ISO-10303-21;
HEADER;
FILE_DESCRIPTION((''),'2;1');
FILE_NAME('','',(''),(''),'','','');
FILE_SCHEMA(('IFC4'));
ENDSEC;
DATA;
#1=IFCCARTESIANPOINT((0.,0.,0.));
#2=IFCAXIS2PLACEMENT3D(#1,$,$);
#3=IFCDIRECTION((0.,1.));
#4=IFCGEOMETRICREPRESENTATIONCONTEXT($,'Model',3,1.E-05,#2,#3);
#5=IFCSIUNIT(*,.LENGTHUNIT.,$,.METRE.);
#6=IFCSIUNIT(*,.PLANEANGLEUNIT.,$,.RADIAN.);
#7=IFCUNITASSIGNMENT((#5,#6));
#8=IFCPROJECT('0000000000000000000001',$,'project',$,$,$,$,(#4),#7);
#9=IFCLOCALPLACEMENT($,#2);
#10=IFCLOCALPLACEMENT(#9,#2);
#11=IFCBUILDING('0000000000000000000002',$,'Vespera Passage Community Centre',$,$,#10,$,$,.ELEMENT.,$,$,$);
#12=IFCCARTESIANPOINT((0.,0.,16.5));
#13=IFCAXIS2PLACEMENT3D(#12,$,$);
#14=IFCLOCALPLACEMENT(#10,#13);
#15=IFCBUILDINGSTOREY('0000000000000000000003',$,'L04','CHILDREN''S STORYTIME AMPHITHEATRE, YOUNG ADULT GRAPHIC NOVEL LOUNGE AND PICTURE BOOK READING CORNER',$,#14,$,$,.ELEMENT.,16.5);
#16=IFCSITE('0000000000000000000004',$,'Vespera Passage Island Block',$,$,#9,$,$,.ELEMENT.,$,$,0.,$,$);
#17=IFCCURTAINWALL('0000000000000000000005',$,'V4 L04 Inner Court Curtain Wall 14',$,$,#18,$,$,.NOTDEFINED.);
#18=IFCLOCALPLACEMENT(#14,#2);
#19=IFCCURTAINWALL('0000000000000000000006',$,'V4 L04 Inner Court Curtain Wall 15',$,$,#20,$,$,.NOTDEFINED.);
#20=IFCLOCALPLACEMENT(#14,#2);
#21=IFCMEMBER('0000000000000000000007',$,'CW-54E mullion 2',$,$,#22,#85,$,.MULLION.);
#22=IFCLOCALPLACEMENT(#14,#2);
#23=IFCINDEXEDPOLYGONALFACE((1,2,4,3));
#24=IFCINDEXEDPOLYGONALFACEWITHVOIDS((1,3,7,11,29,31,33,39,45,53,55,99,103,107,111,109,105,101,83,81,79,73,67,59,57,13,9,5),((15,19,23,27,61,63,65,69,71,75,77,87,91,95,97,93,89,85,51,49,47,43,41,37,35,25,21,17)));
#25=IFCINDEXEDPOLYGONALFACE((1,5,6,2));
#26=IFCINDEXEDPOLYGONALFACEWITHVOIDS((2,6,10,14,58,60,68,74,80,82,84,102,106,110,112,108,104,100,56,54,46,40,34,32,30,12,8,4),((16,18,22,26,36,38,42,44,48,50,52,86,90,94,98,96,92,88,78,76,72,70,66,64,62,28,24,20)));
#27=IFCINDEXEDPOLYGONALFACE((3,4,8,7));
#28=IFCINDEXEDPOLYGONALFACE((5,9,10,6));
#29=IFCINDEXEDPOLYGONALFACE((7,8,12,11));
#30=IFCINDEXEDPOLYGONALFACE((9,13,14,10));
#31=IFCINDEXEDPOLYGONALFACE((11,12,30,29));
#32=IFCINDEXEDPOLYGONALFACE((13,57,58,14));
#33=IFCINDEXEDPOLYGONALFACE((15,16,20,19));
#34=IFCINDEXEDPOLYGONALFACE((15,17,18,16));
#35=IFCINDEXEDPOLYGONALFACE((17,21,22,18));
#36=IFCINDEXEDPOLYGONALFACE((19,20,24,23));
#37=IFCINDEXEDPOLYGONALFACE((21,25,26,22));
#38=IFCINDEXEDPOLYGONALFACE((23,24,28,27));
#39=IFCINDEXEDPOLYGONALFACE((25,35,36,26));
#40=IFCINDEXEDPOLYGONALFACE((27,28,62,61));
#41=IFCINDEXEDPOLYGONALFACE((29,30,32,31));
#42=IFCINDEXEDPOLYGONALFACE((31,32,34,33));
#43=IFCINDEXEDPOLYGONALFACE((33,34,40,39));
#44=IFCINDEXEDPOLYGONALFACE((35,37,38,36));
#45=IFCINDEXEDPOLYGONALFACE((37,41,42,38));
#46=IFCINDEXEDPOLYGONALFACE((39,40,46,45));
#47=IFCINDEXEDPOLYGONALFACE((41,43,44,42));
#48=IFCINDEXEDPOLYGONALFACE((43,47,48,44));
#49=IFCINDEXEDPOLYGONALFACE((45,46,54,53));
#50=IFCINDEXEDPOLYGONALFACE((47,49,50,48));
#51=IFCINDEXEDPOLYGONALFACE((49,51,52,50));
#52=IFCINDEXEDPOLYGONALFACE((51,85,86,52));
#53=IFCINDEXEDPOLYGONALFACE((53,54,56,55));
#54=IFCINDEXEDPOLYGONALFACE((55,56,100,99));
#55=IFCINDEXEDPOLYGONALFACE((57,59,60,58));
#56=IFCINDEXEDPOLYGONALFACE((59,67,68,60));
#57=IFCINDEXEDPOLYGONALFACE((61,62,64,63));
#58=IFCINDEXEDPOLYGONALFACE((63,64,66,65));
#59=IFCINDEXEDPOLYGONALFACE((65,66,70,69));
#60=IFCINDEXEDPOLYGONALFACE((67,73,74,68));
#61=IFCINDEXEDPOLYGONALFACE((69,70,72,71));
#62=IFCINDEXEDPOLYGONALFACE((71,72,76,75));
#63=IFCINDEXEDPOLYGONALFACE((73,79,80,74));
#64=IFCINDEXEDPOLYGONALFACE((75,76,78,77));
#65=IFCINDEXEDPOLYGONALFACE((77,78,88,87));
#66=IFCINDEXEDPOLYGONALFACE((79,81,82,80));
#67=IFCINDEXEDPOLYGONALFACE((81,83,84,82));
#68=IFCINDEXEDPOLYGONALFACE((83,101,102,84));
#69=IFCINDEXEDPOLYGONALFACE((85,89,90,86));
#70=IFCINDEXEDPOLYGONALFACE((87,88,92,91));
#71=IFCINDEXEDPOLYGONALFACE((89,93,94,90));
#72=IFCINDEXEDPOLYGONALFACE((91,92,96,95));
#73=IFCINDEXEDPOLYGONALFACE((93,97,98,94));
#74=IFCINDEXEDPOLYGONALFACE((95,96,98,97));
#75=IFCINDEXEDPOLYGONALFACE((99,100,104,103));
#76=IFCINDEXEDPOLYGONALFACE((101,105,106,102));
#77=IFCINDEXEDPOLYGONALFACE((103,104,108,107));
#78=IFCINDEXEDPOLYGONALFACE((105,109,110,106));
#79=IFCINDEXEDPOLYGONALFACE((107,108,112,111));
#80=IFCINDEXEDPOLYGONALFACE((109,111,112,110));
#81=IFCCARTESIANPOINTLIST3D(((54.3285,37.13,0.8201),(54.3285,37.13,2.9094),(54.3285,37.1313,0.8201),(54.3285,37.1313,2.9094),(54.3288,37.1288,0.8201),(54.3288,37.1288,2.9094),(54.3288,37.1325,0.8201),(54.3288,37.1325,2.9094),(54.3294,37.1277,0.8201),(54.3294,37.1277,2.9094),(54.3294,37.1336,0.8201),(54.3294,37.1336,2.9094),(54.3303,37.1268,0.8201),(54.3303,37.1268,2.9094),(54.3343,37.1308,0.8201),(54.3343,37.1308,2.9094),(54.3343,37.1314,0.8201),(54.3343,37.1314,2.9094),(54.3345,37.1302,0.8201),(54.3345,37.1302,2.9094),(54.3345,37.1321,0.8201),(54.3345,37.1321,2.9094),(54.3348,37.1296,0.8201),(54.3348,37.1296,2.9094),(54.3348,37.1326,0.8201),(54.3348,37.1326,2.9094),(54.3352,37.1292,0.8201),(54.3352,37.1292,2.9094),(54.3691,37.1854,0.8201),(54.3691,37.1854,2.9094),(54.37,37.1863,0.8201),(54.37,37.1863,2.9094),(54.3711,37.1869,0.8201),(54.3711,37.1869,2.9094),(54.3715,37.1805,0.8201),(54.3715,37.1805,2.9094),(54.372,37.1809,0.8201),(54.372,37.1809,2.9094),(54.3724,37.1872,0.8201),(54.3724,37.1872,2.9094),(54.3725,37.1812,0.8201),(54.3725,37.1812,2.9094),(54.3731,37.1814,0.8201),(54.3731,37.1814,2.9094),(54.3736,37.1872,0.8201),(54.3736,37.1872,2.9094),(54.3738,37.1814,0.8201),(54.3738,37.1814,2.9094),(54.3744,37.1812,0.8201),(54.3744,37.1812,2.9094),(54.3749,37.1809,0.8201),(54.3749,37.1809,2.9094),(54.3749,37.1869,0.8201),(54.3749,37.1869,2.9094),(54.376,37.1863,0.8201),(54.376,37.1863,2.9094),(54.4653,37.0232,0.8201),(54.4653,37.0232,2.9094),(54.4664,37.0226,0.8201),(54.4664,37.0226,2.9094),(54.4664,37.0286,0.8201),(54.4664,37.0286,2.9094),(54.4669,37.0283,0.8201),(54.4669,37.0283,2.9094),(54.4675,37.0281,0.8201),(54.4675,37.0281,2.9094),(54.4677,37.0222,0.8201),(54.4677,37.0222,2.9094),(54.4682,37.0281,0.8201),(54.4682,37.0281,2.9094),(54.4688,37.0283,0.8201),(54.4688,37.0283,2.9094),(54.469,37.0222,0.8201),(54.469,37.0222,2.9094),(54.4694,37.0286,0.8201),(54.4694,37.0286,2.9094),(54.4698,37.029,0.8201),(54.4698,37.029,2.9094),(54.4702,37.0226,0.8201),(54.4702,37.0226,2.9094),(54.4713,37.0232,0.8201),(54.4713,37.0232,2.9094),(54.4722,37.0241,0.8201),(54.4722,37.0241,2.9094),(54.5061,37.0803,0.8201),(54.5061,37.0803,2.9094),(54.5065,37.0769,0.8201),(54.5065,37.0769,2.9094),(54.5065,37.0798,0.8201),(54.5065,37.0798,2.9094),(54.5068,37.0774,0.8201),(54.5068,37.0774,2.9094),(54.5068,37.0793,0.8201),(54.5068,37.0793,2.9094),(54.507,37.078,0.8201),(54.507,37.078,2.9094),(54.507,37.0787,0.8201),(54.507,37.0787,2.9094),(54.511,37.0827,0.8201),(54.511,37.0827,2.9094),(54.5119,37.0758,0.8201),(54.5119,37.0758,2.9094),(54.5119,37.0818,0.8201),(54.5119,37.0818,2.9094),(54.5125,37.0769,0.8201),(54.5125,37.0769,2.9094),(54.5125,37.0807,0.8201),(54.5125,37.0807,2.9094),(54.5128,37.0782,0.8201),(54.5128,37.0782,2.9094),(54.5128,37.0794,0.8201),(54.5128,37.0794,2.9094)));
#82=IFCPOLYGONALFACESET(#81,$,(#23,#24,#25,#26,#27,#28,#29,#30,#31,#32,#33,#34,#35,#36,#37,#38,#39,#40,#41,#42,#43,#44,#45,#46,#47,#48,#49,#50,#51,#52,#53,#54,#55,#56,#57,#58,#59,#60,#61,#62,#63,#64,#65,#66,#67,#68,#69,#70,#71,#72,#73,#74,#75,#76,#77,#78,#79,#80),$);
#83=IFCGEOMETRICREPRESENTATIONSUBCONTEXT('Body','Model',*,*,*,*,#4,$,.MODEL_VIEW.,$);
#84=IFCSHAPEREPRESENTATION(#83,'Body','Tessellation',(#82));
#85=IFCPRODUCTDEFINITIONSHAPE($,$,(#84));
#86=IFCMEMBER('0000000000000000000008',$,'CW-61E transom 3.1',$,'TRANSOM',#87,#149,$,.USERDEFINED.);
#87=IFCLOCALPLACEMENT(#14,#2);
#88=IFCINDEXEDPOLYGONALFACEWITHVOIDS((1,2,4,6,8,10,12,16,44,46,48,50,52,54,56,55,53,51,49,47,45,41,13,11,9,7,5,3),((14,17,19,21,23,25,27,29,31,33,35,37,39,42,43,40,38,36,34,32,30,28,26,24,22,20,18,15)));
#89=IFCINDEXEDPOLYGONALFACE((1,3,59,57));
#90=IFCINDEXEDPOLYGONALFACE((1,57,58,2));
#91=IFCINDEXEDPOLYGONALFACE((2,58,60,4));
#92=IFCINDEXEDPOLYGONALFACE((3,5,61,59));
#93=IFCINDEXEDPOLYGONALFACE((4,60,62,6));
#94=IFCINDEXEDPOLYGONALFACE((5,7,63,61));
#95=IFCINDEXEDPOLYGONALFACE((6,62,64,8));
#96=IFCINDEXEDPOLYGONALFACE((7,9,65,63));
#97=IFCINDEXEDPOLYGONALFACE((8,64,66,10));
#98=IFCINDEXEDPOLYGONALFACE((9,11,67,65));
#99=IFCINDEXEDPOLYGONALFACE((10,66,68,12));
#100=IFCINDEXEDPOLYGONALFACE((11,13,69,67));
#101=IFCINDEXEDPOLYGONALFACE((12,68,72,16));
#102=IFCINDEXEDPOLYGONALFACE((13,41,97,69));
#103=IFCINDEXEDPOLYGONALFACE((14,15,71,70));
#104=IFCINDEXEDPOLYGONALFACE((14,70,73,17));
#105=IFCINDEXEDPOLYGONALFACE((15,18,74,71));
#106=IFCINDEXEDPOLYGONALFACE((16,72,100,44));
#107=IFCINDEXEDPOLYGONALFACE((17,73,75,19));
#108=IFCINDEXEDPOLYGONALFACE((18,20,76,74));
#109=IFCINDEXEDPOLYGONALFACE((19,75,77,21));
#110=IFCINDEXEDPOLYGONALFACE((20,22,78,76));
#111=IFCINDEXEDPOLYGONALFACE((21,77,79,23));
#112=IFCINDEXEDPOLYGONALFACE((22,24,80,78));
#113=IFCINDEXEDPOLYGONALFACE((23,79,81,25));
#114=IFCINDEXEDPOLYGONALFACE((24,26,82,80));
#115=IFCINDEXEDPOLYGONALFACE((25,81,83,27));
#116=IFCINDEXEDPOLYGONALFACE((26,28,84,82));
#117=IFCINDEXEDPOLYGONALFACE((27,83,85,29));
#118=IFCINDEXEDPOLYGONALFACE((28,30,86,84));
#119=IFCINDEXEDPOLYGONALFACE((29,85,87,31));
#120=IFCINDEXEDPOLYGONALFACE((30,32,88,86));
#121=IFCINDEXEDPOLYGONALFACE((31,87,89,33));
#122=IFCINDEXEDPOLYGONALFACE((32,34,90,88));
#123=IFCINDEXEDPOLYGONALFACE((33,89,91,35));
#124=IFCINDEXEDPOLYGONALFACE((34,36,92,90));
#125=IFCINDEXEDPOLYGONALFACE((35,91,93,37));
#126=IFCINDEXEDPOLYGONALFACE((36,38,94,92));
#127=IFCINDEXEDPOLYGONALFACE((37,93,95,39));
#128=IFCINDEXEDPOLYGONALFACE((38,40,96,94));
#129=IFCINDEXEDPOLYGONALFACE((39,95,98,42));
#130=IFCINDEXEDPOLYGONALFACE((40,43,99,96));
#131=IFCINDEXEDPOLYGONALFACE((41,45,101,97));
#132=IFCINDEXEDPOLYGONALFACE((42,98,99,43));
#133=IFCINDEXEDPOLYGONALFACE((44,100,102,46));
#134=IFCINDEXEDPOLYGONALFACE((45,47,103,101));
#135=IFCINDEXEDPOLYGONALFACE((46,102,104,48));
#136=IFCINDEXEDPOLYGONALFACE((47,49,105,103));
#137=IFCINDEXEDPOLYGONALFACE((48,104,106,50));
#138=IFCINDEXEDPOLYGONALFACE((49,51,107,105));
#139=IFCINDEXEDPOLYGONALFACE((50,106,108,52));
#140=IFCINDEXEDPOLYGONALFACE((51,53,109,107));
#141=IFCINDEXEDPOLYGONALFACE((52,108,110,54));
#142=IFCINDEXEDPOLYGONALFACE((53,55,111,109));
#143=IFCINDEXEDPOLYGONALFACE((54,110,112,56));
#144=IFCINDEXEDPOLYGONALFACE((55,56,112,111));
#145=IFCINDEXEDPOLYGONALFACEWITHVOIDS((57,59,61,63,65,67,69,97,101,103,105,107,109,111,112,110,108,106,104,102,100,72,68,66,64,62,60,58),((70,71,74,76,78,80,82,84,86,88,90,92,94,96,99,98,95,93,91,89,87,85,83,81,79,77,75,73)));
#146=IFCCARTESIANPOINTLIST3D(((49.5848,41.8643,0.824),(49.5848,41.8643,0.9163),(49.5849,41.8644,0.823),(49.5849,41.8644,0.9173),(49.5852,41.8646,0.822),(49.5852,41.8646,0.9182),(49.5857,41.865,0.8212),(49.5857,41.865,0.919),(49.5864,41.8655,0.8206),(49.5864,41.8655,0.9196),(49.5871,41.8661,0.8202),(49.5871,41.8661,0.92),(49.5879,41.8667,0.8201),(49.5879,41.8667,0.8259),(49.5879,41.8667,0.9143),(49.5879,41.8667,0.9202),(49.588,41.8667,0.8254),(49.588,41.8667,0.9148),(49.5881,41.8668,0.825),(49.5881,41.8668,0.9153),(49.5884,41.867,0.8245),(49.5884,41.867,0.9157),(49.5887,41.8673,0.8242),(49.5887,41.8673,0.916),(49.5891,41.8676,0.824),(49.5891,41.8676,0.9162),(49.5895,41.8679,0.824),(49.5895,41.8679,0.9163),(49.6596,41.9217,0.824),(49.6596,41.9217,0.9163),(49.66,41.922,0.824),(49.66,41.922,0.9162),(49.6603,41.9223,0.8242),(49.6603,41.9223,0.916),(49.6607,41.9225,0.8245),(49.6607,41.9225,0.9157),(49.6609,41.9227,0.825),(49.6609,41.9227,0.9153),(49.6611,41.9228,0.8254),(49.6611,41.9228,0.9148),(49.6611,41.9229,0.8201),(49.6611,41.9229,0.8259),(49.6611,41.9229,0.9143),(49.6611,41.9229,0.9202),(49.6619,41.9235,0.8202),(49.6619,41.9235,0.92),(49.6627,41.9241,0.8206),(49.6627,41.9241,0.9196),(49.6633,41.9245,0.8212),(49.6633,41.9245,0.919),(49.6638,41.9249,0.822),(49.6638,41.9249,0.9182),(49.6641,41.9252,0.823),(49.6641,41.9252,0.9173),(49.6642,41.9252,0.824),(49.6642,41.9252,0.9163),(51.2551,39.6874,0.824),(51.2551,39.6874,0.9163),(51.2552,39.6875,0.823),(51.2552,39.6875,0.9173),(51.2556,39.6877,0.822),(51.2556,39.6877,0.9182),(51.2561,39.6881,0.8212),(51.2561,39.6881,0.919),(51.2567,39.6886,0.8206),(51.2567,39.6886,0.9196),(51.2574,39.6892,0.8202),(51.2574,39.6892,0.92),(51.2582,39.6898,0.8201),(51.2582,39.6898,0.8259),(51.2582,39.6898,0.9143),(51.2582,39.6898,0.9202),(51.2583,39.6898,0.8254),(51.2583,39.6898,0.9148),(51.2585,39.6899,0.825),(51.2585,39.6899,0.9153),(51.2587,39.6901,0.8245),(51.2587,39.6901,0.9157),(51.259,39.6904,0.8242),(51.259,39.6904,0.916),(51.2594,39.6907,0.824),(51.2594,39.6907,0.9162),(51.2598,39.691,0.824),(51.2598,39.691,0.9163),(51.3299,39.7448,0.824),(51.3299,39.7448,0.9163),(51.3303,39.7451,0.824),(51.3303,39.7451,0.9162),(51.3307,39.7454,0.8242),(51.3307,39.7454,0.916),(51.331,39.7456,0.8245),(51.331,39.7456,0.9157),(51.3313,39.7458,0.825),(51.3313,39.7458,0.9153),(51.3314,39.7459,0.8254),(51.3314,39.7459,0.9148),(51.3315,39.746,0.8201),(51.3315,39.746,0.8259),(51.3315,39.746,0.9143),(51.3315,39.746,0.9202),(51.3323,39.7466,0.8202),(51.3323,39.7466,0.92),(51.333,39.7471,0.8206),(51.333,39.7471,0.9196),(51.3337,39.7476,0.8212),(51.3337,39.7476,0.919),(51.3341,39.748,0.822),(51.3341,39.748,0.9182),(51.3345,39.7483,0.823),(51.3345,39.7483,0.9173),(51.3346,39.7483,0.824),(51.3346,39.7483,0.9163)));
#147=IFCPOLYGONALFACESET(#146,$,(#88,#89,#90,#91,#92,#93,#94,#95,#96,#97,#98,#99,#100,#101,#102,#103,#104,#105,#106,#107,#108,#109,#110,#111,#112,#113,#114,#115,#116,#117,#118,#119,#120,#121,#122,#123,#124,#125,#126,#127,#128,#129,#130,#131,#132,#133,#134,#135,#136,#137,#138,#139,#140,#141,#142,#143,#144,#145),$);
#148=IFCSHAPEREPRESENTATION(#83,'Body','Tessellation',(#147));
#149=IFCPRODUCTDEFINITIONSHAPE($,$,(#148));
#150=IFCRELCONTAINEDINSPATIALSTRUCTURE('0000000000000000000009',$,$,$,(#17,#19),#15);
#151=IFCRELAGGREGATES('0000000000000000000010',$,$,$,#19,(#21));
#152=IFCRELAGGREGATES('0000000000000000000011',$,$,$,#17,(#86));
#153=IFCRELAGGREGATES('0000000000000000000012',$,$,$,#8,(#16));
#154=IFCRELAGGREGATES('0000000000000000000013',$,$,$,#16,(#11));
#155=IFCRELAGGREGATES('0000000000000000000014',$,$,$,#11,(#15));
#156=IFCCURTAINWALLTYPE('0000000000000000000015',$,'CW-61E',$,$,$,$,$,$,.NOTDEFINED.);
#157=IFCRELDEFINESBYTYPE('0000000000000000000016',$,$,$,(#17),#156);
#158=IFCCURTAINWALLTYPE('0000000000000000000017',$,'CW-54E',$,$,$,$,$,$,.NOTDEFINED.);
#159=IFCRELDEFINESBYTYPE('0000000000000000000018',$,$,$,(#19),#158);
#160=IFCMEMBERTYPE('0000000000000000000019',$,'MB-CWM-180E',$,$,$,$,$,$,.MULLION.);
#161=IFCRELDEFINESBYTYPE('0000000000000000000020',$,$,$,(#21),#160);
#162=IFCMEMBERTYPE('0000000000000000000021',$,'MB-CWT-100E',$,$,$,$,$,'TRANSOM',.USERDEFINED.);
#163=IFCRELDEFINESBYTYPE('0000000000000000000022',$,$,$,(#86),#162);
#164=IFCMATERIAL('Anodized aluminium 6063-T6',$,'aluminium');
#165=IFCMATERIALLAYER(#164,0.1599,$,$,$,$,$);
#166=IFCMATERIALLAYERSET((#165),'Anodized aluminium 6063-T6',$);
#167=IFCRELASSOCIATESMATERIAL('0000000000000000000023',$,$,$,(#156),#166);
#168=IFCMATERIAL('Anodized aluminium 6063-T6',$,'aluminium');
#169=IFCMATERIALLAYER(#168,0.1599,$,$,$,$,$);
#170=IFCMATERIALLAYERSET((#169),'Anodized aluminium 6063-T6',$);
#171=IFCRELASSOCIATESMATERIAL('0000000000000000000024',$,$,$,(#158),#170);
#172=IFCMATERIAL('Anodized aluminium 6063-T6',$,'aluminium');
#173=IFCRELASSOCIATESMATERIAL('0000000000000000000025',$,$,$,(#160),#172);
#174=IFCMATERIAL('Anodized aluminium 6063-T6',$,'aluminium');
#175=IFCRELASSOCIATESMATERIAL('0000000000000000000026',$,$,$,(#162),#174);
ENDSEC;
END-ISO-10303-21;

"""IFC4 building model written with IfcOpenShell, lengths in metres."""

from ifc_helpers import new_model, si_unit, direction, frame, origin, origin_2d, place, context, subcontext, project, spatial, hollow_rectangle, extrude, material, layer, layer_set, material_profile, profile_set, type_object, element, aggregate, save


model = new_model("IFC4")

# Units and contexts
model_context = context("Model", 3, precision=1e-05, world=origin(), true_north=direction((0.0, 1.0)))
body_context = subcontext(model_context, "Body", "Model", "MODEL_VIEW")
ifc_project = project(units=[si_unit("LENGTHUNIT", "METRE"), si_unit("PLANEANGLEUNIT", "RADIAN")], contexts=[model_context])

# Site, building, storey
site_placement = place(None, origin())
site = spatial("IfcSite", under=ifc_project, at=site_placement, Name="Vespera Passage Island Block", CompositionType="ELEMENT", RefElevation=0.0)
building_placement = place(site_placement, origin())
building = spatial("IfcBuilding", under=site, at=building_placement, Name="Vespera Passage Community Centre", CompositionType="ELEMENT")
storey_placement = place(building_placement, frame((0.0, 0.0, 16.5)))
storey = spatial("IfcBuildingStorey", under=building, at=storey_placement, Name="L04", Description="CHILDREN'S STORYTIME AMPHITHEATRE, YOUNG ADULT GRAPHIC NOVEL LOUNGE AND PICTURE BOOK READING CORNER", CompositionType="ELEMENT", Elevation=16.5)

# Curtain walls, member
ifc_material_1 = material(Name="Anodized aluminium 6063-T6", Category="aluminium")
ifc_layer_1 = layer(ifc_material_1, 0.1599)
ifc_layer_set_1 = layer_set([ifc_layer_1], Name="Anodized aluminium 6063-T6")
curtain_wall_type_1 = type_object("IfcCurtainWallType", Name="CW-61E", PredefinedType="NOTDEFINED", material=ifc_layer_set_1)
curtain_wall_1_placement = place(storey_placement, origin())
curtain_wall_1 = element("IfcCurtainWall", 1, at=curtain_wall_1_placement, inside=storey, type_object=curtain_wall_type_1, Name="V4 L04 Inner Court Curtain Wall 14", PredefinedType="NOTDEFINED")
ifc_material_2 = material(Name="Anodized aluminium 6063-T6", Category="aluminium")
ifc_layer_2 = layer(ifc_material_2, 0.1599)
ifc_layer_set_2 = layer_set([ifc_layer_2], Name="Anodized aluminium 6063-T6")
curtain_wall_type_2 = type_object("IfcCurtainWallType", Name="CW-54E", PredefinedType="NOTDEFINED", material=ifc_layer_set_2)
curtain_wall_2_placement = place(storey_placement, origin())
curtain_wall_2 = element("IfcCurtainWall", 2, at=curtain_wall_2_placement, inside=storey, type_object=curtain_wall_type_2, Name="V4 L04 Inner Court Curtain Wall 15", PredefinedType="NOTDEFINED")
ifc_material_3 = material(Name="Anodized aluminium 6063-T6", Category="aluminium")
ifc_material_profile_1 = material_profile(ifc_material_3, hollow_rectangle(XDim=0.075, YDim=0.1799, WallThickness=0.0049, InnerFilletRadius=0.0024, OuterFilletRadius=0.0049, at=origin_2d()), Name="ALU180X75X5")
ifc_profile_set_1 = profile_set([ifc_material_profile_1], Name="Anodized aluminium 6063-T6")
member_type_1 = type_object("IfcMemberType", Name="MB-CWM-180E", PredefinedType="MULLION", material=ifc_profile_set_1)
member_1_placement = place(storey_placement, frame((54.4207, 37.1047, 0.8201), z_axis=(0.0, 0.0, 1.0), x_axis=(0.608755, 0.793358, 0.0)))
member_1 = element("IfcMember", 3, at=member_1_placement, type_object=member_type_1, Name="CW-54E mullion 2", PredefinedType="MULLION", context=body_context, shape_type="SweptSolid", body=[
    extrude(hollow_rectangle(XDim=0.075, YDim=0.1799, WallThickness=0.0049, InnerFilletRadius=0.0024, OuterFilletRadius=0.0049, at=origin_2d()), origin(), (0.0, 0.0, 1.0), 2.0894),
])

# Member
ifc_material_4 = material(Name="Anodized aluminium 6063-T6", Category="aluminium")
ifc_material_profile_2 = material_profile(ifc_material_4, hollow_rectangle(XDim=0.1001, YDim=0.1001, WallThickness=0.0039, InnerFilletRadius=0.002, OuterFilletRadius=0.0039, at=origin_2d()), Name="ALU100X100X4")
ifc_profile_set_2 = profile_set([ifc_material_profile_2], Name="Anodized aluminium 6063-T6")
member_type_2 = type_object("IfcMemberType", Name="MB-CWT-100E", ElementType="TRANSOM", PredefinedType="USERDEFINED", material=ifc_profile_set_2)
member_2_placement = place(storey_placement, frame((49.6245, 41.8948, 0.8701), z_axis=(0.608747, -0.793364, 0.0), x_axis=(0.793364, 0.608747, 0.0)))
member_2 = element("IfcMember", 4, at=member_2_placement, type_object=member_type_2, Name="CW-61E transom 3.1", ObjectType="TRANSOM", PredefinedType="USERDEFINED", context=body_context, shape_type="SweptSolid", body=[
    extrude(hollow_rectangle(XDim=0.1001, YDim=0.1001, WallThickness=0.0039, InnerFilletRadius=0.002, OuterFilletRadius=0.0039, at=origin_2d()), origin(), (0.0, 0.0, 1.0), 2.7439),
])

aggregate(curtain_wall_2, [member_1])
aggregate(curtain_wall_1, [member_2])

save(model, "model.ifc")
